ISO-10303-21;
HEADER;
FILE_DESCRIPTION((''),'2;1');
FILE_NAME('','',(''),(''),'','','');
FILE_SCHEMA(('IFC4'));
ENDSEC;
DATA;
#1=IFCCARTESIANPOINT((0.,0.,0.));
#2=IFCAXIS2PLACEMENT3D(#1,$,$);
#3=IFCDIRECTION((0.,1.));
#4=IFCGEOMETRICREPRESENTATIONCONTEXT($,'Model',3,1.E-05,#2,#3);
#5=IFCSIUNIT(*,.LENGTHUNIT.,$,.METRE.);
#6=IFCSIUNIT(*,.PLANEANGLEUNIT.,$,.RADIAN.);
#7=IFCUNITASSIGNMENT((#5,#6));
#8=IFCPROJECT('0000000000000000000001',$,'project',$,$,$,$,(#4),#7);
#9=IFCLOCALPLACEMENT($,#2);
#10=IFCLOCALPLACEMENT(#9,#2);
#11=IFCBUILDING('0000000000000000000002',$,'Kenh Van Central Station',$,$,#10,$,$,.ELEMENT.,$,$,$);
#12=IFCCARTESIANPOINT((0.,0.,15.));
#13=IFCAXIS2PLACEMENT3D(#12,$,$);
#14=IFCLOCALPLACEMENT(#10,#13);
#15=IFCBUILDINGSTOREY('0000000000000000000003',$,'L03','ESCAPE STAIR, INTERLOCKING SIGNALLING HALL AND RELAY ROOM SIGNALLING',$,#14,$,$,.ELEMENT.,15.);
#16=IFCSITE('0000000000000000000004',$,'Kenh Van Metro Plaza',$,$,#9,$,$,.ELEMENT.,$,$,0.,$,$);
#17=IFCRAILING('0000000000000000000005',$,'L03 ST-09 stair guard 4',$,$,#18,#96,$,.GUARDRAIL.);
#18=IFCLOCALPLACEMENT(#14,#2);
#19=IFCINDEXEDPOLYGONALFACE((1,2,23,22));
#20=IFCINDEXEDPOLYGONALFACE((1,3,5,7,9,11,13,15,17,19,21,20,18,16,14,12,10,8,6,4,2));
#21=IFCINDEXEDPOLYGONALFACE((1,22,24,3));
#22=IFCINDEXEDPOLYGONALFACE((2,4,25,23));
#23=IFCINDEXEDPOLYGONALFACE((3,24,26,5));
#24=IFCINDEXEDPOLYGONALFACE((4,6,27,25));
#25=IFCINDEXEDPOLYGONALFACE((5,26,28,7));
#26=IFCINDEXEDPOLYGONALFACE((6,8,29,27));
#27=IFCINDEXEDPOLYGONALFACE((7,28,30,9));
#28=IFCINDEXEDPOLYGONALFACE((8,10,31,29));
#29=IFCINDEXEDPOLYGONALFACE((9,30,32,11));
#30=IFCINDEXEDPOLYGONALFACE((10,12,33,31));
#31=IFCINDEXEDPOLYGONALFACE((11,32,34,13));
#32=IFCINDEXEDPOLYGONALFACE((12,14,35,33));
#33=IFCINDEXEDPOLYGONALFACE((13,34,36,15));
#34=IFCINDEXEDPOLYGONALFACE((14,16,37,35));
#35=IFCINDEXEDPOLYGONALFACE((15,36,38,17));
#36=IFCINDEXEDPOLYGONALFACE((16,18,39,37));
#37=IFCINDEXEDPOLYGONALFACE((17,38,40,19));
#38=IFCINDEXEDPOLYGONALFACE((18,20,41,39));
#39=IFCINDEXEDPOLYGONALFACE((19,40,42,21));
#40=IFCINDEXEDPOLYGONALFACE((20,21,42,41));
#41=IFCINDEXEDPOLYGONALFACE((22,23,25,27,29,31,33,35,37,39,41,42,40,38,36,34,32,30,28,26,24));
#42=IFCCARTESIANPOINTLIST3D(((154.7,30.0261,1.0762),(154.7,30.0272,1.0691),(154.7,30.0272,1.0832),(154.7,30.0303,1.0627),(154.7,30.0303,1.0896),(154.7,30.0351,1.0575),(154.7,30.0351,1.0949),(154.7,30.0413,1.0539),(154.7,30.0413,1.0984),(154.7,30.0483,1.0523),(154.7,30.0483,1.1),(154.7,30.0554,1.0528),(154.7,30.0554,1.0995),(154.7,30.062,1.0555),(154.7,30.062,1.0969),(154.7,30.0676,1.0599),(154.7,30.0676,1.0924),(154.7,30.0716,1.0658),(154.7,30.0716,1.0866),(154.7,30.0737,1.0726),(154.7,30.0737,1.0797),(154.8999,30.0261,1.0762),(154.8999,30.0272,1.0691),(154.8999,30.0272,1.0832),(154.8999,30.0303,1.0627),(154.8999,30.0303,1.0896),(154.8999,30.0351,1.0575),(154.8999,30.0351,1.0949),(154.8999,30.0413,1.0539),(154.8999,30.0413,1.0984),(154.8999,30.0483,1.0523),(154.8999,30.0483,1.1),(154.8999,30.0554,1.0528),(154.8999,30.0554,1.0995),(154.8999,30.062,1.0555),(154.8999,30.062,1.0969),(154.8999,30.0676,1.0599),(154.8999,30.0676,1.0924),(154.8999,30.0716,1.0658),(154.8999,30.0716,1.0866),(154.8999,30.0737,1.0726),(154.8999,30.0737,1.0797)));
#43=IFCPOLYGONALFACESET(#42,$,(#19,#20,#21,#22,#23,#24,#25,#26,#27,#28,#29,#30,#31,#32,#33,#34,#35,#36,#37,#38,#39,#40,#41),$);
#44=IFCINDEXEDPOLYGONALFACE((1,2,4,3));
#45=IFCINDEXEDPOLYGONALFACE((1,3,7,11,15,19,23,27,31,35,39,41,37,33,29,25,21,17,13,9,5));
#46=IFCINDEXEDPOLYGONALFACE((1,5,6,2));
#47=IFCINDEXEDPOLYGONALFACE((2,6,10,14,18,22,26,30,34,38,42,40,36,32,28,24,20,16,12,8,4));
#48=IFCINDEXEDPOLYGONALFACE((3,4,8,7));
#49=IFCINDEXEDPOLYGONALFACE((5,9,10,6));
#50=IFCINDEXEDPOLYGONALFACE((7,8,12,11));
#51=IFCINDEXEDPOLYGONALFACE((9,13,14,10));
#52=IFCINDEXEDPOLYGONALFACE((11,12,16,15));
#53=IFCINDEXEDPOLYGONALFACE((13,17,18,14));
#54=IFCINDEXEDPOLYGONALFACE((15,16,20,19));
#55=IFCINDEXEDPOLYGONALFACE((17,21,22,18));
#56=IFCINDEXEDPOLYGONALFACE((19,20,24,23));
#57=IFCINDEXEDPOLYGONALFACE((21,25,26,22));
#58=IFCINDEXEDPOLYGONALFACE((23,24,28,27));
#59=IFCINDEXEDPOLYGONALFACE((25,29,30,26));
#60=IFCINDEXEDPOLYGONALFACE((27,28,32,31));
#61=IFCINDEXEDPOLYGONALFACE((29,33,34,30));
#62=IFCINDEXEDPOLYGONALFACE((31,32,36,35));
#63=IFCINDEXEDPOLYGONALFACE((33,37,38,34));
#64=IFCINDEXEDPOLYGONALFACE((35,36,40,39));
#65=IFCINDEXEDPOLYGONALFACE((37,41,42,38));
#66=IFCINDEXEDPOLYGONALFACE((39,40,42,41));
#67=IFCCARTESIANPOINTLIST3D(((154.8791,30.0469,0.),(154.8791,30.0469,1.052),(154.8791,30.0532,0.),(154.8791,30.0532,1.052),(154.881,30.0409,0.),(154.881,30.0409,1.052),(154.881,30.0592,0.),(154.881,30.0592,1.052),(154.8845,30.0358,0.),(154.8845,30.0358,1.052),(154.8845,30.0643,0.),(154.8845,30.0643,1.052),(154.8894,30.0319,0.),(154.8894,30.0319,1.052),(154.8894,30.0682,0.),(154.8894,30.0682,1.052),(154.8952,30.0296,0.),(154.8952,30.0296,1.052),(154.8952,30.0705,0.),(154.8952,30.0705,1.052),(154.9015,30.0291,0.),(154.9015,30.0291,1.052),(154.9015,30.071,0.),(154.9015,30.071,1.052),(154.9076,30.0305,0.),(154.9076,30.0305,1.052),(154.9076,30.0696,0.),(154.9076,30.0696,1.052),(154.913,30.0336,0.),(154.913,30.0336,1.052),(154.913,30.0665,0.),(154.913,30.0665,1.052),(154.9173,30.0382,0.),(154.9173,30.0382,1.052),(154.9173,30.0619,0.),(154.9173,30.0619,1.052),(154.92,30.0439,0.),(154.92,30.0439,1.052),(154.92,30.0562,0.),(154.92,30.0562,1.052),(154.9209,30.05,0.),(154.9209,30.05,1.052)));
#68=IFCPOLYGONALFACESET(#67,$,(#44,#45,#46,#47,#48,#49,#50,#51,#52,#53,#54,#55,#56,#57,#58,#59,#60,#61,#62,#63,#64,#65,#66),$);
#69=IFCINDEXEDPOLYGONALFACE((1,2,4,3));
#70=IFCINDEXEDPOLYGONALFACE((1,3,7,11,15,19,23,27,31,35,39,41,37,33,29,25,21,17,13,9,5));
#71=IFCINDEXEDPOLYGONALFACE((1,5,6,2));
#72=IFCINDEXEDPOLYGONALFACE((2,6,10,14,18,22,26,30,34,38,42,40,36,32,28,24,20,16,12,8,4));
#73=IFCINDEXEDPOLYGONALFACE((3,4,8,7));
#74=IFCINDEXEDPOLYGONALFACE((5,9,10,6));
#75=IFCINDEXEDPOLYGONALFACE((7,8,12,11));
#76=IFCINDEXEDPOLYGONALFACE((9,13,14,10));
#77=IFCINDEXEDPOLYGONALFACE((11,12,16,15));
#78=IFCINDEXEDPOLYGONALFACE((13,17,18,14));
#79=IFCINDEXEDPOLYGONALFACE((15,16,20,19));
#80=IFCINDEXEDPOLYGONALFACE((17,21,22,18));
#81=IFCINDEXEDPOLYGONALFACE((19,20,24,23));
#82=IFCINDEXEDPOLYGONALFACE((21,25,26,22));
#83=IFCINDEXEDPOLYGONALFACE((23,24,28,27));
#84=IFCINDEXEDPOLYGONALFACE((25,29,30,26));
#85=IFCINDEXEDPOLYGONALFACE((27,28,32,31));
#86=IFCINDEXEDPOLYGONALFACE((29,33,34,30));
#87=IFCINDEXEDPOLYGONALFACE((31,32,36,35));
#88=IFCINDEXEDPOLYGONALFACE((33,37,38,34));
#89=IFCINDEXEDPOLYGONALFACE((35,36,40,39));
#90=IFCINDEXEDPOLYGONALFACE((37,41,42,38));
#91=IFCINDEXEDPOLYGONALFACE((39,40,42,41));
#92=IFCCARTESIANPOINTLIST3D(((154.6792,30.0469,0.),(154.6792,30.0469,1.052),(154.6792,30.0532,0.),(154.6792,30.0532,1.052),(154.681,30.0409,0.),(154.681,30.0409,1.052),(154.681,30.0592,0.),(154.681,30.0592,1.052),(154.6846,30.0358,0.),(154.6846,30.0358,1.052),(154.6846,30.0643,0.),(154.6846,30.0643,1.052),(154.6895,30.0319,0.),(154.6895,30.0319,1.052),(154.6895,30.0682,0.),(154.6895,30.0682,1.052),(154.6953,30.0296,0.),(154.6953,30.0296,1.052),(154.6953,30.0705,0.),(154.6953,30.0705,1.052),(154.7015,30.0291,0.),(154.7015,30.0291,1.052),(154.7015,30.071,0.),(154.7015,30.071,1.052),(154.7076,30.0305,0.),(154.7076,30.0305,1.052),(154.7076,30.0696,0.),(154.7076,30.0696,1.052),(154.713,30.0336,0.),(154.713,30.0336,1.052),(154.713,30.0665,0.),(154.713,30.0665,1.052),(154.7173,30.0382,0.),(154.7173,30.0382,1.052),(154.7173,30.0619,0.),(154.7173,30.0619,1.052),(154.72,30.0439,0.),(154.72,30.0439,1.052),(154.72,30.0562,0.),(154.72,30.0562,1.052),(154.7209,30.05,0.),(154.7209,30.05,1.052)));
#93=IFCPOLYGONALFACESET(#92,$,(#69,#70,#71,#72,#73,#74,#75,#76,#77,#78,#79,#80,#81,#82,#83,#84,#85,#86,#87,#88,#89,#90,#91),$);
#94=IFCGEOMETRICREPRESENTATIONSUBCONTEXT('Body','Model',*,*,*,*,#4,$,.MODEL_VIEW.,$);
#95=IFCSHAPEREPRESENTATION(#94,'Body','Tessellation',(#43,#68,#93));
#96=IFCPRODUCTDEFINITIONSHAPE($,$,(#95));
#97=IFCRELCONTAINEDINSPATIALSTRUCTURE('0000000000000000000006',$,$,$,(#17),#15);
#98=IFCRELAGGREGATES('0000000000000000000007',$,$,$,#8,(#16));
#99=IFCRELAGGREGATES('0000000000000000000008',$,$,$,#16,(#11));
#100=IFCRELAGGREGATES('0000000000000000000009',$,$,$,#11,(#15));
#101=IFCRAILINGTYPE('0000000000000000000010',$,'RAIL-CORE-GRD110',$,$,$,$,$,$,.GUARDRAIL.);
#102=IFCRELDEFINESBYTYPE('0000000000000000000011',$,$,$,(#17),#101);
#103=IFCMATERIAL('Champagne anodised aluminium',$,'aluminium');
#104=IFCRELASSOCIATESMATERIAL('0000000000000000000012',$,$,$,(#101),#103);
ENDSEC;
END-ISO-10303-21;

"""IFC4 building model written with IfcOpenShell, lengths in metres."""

from ifc_helpers import new_model, si_unit, direction, frame, origin, origin_2d, place, context, subcontext, project, spatial, circle, extrude, material, type_object, element, save


model = new_model("IFC4")

# Units and contexts
model_context = context("Model", 3, precision=1e-05, world=origin(), true_north=direction((0.0, 1.0)))
body_context = subcontext(model_context, "Body", "Model", "MODEL_VIEW")
ifc_project = project(units=[si_unit("LENGTHUNIT", "METRE"), si_unit("PLANEANGLEUNIT", "RADIAN")], contexts=[model_context])

# Site, building, storey
site_placement = place(None, origin())
site = spatial("IfcSite", under=ifc_project, at=site_placement, Name="Kenh Van Metro Plaza", CompositionType="ELEMENT", RefElevation=0.0)
building_placement = place(site_placement, origin())
building = spatial("IfcBuilding", under=site, at=building_placement, Name="Kenh Van Central Station", CompositionType="ELEMENT")
storey_placement = place(building_placement, frame((0.0, 0.0, 15.0)))
storey = spatial("IfcBuildingStorey", under=building, at=storey_placement, Name="L03", Description="ESCAPE STAIR, INTERLOCKING SIGNALLING HALL AND RELAY ROOM SIGNALLING", CompositionType="ELEMENT", Elevation=15.0)

# Shared definitions
ifc_material_1 = material(Name="Champagne anodised aluminium", Category="aluminium")

# Railing
railing_type_1 = type_object("IfcRailingType", Name="RAIL-CORE-GRD110", PredefinedType="GUARDRAIL", material=ifc_material_1)
railing_1_placement = place(storey_placement, frame((154.8999, 30.05, 0.0)))
element("IfcRailing", 1, at=railing_1_placement, inside=storey, type_object=railing_type_1, Name="L03 ST-09 stair guard 4", PredefinedType="GUARDRAIL", context=body_context, shape_type="SweptSolid", body=[
    extrude(circle(Radius=0.0239, at=origin_2d()), frame((0.0, 0.0, 1.0762), z_axis=(-1.0, 0.0, 0.0), x_axis=(0.0, -1.0, 0.0)), (0.0, 0.0, 1.0), 0.2),
    extrude(circle(Radius=0.021, at=origin_2d()), origin(), (0.0, 0.0, 1.0), 1.052),
    extrude(circle(Radius=0.021, at=origin_2d()), frame((-0.2, 0.0, 0.0)), (0.0, 0.0, 1.0), 1.052),
])

save(model, "model.ifc")
